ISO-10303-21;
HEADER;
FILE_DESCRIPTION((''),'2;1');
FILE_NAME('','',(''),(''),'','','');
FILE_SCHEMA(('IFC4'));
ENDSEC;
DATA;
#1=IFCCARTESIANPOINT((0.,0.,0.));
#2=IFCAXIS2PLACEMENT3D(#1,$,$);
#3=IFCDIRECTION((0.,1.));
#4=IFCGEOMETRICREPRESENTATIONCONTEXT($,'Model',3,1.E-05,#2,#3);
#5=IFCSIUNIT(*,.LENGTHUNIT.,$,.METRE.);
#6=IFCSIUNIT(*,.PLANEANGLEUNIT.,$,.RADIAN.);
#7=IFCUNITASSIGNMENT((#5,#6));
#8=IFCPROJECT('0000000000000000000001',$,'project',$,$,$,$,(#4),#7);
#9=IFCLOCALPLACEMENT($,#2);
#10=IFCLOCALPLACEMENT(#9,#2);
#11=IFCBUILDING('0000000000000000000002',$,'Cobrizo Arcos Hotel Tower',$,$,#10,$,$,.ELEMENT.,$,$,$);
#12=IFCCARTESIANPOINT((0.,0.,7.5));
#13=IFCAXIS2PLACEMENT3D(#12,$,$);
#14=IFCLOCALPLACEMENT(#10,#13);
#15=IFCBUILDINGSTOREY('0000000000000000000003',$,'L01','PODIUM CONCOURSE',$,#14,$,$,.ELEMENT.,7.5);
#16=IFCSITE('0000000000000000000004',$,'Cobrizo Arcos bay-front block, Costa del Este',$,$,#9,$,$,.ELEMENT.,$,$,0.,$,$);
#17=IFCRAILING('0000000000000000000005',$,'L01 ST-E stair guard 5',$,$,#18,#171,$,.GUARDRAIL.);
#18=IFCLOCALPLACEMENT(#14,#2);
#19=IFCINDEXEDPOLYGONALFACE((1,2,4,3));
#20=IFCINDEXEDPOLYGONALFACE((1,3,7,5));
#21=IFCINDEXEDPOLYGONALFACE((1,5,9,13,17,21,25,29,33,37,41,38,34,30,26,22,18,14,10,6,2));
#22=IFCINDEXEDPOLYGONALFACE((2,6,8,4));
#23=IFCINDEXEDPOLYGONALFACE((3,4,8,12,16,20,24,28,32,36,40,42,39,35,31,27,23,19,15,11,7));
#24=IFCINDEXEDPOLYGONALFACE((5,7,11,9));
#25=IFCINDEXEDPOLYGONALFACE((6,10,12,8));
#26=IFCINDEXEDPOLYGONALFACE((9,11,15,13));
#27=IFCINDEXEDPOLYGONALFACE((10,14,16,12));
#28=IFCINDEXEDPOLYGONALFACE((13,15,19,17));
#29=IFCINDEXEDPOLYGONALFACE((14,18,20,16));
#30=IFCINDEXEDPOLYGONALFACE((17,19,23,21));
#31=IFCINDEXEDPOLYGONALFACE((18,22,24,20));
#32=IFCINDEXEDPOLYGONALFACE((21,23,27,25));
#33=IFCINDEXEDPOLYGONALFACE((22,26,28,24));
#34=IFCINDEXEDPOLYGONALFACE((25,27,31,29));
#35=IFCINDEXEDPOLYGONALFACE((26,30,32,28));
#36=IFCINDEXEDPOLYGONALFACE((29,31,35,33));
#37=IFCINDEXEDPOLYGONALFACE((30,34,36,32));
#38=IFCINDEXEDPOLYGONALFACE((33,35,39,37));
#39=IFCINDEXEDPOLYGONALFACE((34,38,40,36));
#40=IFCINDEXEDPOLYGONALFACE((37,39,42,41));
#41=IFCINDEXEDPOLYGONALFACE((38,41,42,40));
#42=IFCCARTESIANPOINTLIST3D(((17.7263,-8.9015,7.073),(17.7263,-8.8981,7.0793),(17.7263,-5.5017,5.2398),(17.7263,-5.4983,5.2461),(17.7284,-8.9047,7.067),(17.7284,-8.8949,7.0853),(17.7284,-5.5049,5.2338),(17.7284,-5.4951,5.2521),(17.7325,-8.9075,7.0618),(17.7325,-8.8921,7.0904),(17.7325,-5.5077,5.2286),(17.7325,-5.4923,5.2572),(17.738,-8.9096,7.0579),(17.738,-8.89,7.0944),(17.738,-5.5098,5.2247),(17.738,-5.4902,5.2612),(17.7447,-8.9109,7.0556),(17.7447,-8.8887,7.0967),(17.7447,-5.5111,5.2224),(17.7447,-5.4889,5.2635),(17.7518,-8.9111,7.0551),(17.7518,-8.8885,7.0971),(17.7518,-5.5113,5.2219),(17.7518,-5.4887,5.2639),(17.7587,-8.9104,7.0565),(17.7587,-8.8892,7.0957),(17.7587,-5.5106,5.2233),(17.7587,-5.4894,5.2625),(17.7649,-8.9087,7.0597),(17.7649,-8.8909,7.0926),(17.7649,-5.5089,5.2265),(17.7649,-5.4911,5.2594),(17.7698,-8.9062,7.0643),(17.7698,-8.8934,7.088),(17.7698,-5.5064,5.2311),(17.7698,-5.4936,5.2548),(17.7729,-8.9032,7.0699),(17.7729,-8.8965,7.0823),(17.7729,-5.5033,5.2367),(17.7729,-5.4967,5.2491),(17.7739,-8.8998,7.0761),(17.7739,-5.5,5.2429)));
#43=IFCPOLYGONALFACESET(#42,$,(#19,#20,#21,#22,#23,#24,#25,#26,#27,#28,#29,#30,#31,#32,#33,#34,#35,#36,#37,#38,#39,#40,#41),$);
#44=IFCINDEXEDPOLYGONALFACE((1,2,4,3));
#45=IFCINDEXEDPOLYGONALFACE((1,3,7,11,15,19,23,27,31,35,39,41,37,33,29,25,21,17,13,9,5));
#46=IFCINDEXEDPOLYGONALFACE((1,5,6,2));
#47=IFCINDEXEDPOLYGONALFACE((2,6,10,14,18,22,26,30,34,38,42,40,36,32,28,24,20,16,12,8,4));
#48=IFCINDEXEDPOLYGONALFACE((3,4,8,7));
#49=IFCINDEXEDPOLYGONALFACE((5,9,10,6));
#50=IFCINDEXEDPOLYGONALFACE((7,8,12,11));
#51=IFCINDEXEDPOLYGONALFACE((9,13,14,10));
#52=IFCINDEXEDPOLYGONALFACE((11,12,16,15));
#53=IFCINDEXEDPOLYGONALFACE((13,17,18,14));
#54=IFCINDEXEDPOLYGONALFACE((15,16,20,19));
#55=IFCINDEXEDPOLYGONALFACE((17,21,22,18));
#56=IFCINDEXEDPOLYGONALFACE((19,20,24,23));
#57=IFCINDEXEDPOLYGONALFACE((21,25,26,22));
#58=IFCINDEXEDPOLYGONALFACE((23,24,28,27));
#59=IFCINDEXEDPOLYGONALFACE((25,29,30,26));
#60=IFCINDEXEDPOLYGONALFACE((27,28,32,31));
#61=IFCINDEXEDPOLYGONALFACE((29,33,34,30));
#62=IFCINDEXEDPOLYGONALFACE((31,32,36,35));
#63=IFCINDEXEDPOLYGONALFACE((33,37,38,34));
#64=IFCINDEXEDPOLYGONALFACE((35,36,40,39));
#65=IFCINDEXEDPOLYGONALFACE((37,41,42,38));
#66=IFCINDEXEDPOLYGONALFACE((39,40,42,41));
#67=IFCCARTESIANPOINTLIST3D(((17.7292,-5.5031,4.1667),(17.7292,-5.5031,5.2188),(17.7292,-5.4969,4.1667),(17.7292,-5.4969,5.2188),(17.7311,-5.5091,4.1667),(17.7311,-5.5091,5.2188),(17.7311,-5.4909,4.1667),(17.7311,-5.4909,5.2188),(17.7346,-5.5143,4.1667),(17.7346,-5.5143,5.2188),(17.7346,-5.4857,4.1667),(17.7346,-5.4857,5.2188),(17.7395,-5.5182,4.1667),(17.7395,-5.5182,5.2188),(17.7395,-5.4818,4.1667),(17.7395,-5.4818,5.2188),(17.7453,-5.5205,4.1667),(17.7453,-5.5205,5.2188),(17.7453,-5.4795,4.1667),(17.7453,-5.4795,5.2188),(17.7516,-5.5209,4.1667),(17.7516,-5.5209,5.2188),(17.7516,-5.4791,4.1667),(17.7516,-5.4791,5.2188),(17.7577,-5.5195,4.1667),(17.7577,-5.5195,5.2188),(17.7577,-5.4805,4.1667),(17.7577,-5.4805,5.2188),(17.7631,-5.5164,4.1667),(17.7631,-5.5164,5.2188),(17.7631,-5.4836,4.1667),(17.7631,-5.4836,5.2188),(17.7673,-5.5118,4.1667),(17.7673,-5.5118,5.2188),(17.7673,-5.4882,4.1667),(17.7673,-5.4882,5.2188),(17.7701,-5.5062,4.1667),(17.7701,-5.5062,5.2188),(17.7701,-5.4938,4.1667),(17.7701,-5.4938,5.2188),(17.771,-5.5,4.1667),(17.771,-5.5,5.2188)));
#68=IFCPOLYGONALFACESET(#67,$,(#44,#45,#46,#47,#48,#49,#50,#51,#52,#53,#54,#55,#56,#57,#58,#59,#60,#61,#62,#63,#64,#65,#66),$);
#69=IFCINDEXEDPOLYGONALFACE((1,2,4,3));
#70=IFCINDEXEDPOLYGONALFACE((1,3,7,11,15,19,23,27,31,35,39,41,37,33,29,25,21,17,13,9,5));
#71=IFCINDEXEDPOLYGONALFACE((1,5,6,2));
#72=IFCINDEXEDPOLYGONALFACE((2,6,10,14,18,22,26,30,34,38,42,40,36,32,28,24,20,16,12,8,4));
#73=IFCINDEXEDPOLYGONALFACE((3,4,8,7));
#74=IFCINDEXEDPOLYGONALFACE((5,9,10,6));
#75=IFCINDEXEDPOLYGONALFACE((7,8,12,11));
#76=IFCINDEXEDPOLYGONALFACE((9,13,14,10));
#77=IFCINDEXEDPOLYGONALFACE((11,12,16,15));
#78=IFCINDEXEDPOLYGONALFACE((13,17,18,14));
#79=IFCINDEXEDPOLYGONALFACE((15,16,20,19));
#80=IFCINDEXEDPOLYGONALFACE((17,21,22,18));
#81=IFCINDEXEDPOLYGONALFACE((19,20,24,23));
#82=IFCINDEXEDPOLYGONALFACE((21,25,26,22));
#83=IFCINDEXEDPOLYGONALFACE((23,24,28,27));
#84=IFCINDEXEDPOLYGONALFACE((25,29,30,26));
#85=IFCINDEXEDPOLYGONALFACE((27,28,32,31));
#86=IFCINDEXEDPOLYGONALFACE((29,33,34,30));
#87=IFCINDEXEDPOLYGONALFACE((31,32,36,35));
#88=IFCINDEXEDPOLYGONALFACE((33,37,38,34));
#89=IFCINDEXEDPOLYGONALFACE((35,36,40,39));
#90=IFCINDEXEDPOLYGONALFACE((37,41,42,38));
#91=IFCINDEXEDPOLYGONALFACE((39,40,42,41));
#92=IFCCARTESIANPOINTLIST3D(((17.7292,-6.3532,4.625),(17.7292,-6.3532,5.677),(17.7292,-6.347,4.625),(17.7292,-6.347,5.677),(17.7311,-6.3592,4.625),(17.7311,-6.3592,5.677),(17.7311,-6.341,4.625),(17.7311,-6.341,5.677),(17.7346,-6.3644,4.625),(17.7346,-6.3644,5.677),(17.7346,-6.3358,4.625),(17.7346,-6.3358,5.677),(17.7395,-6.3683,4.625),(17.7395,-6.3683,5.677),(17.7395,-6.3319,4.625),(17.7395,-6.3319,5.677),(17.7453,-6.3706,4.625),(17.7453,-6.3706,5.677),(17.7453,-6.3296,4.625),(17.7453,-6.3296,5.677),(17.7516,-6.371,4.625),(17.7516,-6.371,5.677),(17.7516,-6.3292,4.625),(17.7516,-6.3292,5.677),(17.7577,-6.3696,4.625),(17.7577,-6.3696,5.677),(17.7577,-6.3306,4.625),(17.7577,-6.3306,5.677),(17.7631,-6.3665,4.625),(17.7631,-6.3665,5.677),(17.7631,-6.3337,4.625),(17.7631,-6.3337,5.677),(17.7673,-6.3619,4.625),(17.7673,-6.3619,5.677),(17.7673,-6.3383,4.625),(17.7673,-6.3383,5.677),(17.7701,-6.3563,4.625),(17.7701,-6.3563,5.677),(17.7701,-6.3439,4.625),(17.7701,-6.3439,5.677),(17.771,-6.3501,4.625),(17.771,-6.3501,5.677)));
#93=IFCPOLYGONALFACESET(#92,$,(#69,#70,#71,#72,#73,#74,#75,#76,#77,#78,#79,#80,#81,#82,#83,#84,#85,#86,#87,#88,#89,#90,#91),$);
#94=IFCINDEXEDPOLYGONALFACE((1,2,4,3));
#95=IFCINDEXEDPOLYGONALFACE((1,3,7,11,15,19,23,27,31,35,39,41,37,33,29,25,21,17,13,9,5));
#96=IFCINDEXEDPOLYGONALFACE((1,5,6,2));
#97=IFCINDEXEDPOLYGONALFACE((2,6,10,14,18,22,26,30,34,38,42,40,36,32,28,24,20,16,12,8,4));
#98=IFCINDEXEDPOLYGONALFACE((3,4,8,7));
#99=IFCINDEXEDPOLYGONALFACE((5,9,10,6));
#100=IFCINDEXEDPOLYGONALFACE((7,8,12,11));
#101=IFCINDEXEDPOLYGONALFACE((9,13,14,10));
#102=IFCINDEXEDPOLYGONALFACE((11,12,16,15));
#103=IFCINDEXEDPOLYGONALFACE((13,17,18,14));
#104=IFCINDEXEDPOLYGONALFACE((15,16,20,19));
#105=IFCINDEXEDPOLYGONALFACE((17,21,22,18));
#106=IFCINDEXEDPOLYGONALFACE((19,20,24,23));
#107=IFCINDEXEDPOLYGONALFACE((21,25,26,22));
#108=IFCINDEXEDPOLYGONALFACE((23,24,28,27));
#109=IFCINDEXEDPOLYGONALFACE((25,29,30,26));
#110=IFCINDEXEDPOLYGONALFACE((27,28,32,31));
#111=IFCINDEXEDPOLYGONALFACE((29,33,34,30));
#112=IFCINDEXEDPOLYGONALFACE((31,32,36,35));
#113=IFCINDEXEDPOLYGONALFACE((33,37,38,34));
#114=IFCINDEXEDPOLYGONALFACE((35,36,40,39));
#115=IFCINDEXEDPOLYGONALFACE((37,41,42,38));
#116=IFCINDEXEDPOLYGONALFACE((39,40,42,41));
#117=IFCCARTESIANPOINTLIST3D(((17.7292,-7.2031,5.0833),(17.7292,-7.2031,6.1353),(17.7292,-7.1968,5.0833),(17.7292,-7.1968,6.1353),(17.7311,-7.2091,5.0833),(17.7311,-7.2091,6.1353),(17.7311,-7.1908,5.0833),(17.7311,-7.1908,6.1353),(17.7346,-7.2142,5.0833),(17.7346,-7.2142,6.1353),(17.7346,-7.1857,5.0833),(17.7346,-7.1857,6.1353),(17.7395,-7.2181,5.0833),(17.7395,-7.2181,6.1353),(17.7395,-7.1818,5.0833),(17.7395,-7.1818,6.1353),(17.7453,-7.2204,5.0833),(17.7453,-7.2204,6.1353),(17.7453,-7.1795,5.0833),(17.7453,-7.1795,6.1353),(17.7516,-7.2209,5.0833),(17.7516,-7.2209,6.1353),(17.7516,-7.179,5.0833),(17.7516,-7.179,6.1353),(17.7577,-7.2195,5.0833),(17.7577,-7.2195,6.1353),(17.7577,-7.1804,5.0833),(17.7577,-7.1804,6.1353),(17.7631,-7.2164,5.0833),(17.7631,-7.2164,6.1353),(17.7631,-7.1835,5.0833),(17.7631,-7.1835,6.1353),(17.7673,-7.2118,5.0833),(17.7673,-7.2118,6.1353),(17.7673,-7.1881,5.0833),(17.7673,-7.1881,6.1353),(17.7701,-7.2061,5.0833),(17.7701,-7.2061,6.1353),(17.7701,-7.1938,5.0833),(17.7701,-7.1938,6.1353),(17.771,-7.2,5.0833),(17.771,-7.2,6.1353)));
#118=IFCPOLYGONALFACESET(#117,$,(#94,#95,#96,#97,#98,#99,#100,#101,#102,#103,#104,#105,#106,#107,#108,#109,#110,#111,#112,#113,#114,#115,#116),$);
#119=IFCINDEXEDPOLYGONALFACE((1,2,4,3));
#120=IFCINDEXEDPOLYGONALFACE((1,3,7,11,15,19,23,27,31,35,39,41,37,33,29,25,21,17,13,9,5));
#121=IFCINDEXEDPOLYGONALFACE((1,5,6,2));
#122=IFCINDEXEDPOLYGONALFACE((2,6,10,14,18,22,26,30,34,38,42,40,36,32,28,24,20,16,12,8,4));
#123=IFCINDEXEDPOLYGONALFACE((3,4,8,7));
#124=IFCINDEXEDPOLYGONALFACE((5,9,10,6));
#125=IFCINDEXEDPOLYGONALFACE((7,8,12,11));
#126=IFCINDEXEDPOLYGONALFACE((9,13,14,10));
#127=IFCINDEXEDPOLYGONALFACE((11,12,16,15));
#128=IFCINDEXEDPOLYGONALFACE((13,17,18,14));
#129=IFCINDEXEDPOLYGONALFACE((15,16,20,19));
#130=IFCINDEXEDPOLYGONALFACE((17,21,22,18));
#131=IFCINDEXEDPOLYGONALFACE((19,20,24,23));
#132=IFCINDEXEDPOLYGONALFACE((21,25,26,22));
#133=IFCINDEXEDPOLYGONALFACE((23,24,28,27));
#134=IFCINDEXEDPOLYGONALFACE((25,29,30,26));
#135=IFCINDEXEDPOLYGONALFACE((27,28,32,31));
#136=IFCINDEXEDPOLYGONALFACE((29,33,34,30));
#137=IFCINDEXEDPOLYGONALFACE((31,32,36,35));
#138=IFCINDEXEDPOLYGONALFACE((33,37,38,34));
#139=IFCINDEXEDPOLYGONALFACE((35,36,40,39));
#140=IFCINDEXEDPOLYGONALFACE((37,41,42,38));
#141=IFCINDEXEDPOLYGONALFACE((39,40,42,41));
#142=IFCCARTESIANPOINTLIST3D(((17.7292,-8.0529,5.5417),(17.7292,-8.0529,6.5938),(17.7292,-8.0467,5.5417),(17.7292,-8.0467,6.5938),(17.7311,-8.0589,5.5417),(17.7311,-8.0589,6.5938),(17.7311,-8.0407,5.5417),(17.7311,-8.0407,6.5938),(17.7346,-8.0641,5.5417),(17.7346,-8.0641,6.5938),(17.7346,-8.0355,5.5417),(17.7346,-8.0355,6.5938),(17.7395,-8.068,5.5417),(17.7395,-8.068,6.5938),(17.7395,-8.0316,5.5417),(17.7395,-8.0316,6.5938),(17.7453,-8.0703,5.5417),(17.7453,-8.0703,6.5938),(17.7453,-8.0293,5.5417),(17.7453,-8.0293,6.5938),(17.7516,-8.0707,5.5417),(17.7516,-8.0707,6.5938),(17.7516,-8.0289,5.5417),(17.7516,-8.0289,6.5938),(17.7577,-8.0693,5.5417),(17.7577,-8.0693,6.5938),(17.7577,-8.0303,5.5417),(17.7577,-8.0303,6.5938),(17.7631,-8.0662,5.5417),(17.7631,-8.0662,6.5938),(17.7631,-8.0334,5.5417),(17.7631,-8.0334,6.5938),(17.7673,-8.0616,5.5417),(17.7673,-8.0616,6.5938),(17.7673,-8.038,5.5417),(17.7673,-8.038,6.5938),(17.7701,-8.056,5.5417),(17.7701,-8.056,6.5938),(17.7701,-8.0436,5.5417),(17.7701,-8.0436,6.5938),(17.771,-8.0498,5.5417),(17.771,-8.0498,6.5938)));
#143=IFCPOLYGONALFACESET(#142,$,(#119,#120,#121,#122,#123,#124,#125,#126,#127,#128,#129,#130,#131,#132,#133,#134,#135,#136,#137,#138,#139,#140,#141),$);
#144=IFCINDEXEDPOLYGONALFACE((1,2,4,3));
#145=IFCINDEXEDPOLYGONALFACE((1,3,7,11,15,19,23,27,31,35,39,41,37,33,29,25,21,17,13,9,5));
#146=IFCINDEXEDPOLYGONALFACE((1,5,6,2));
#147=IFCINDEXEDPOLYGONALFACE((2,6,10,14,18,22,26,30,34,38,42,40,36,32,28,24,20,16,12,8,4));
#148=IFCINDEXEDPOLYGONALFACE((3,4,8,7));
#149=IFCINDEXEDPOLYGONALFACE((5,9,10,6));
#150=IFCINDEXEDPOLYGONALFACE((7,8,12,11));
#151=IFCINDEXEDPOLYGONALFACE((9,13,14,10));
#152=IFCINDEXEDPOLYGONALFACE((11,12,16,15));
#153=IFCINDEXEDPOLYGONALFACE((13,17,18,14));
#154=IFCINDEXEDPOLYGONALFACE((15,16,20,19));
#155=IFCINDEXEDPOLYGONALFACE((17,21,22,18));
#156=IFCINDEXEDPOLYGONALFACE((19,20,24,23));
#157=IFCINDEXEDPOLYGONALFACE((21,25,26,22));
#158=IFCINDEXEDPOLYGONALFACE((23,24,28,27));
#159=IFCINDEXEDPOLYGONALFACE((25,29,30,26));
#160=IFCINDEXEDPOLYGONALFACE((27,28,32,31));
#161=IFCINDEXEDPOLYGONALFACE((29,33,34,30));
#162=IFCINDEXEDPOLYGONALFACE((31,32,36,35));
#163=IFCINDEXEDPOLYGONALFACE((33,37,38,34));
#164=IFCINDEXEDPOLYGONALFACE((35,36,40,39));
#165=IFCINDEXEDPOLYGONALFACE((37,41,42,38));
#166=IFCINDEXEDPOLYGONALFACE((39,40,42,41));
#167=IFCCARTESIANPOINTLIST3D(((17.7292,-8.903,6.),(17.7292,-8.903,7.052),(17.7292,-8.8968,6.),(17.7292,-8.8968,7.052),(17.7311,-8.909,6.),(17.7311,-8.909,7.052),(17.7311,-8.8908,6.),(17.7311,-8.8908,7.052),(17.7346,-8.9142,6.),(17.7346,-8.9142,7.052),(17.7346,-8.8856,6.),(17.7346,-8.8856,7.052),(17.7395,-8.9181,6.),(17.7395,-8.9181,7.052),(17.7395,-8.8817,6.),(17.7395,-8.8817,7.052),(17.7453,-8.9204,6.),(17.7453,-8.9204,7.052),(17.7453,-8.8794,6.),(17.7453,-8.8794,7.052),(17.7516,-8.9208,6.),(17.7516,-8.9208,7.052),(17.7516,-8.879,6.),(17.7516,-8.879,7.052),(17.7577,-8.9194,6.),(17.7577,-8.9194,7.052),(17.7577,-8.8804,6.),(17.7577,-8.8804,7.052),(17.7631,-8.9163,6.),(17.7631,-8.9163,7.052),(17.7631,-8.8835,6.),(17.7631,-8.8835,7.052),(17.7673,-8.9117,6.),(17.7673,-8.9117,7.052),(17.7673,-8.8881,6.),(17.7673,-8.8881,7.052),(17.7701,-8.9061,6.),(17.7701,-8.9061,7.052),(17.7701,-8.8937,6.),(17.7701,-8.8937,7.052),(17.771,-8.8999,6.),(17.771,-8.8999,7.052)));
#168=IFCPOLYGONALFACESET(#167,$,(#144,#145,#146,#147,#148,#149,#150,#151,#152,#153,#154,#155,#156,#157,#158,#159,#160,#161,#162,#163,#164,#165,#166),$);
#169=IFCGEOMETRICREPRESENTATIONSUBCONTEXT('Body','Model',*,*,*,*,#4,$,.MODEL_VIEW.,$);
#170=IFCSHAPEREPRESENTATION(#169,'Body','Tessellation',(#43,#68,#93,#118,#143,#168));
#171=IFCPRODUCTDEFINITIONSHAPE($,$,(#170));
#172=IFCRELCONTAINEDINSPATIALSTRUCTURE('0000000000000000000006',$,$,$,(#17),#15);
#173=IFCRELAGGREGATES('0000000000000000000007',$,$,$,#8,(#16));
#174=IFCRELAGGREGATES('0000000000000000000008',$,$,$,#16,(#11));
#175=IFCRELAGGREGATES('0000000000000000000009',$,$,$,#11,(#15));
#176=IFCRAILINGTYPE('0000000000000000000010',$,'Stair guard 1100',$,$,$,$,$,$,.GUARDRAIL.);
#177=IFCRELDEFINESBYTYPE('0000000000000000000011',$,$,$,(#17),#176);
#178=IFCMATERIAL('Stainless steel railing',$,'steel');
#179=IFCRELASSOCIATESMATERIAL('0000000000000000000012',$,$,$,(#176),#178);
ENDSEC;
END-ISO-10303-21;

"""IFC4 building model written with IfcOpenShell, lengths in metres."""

from ifc_helpers import new_model, si_unit, direction, frame, origin, origin_2d, place, context, subcontext, project, spatial, circle, extrude, material, type_object, element, save


model = new_model("IFC4")

# Units and contexts
model_context = context("Model", 3, precision=1e-05, world=origin(), true_north=direction((0.0, 1.0)))
body_context = subcontext(model_context, "Body", "Model", "MODEL_VIEW")
ifc_project = project(units=[si_unit("LENGTHUNIT", "METRE"), si_unit("PLANEANGLEUNIT", "RADIAN")], contexts=[model_context])

# Site, building, storey
site_placement = place(None, origin())
site = spatial("IfcSite", under=ifc_project, at=site_placement, Name="Cobrizo Arcos bay-front block, Costa del Este", CompositionType="ELEMENT", RefElevation=0.0)
building_placement = place(site_placement, origin())
building = spatial("IfcBuilding", under=site, at=building_placement, Name="Cobrizo Arcos Hotel Tower", CompositionType="ELEMENT")
storey_placement = place(building_placement, frame((0.0, 0.0, 7.5)))
storey = spatial("IfcBuildingStorey", under=building, at=storey_placement, Name="L01", Description="PODIUM CONCOURSE", CompositionType="ELEMENT", Elevation=7.5)

# Railing
ifc_material_1 = material(Name="Stainless steel railing", Category="steel")
railing_type_1 = type_object("IfcRailingType", Name="Stair guard 1100", PredefinedType="GUARDRAIL", material=ifc_material_1)
railing_1_placement = place(storey_placement, frame((17.75, -5.5, 4.1667)))
element("IfcRailing", 1, at=railing_1_placement, inside=storey, type_object=railing_type_1, Name="L01 ST-E stair guard 5", PredefinedType="GUARDRAIL", context=body_context, shape_type="SweptSolid", body=[
    extrude(circle(Radius=0.0239, at=origin_2d()), frame((0.0, 0.0, 1.0762), z_axis=(0.0, -0.880197, 0.474609), x_axis=(1.0, 0.0, 0.0)), (0.0, 0.0, 1.0), 3.8625),
    extrude(circle(Radius=0.021, at=origin_2d()), origin(), (0.0, 0.0, 1.0), 1.052),
    extrude(circle(Radius=0.021, at=origin_2d()), frame((0.0, -0.8501, 0.4583)), (0.0, 0.0, 1.0), 1.052),
    extrude(circle(Radius=0.021, at=origin_2d()), frame((0.0, -1.7, 0.9165)), (0.0, 0.0, 1.0), 1.052),
    extrude(circle(Radius=0.021, at=origin_2d()), frame((0.0, -2.5498, 1.375)), (0.0, 0.0, 1.0), 1.052),
    extrude(circle(Radius=0.021, at=origin_2d()), frame((0.0, -3.3999, 1.8333)), (0.0, 0.0, 1.0), 1.052),
])

save(model, "model.ifc")
